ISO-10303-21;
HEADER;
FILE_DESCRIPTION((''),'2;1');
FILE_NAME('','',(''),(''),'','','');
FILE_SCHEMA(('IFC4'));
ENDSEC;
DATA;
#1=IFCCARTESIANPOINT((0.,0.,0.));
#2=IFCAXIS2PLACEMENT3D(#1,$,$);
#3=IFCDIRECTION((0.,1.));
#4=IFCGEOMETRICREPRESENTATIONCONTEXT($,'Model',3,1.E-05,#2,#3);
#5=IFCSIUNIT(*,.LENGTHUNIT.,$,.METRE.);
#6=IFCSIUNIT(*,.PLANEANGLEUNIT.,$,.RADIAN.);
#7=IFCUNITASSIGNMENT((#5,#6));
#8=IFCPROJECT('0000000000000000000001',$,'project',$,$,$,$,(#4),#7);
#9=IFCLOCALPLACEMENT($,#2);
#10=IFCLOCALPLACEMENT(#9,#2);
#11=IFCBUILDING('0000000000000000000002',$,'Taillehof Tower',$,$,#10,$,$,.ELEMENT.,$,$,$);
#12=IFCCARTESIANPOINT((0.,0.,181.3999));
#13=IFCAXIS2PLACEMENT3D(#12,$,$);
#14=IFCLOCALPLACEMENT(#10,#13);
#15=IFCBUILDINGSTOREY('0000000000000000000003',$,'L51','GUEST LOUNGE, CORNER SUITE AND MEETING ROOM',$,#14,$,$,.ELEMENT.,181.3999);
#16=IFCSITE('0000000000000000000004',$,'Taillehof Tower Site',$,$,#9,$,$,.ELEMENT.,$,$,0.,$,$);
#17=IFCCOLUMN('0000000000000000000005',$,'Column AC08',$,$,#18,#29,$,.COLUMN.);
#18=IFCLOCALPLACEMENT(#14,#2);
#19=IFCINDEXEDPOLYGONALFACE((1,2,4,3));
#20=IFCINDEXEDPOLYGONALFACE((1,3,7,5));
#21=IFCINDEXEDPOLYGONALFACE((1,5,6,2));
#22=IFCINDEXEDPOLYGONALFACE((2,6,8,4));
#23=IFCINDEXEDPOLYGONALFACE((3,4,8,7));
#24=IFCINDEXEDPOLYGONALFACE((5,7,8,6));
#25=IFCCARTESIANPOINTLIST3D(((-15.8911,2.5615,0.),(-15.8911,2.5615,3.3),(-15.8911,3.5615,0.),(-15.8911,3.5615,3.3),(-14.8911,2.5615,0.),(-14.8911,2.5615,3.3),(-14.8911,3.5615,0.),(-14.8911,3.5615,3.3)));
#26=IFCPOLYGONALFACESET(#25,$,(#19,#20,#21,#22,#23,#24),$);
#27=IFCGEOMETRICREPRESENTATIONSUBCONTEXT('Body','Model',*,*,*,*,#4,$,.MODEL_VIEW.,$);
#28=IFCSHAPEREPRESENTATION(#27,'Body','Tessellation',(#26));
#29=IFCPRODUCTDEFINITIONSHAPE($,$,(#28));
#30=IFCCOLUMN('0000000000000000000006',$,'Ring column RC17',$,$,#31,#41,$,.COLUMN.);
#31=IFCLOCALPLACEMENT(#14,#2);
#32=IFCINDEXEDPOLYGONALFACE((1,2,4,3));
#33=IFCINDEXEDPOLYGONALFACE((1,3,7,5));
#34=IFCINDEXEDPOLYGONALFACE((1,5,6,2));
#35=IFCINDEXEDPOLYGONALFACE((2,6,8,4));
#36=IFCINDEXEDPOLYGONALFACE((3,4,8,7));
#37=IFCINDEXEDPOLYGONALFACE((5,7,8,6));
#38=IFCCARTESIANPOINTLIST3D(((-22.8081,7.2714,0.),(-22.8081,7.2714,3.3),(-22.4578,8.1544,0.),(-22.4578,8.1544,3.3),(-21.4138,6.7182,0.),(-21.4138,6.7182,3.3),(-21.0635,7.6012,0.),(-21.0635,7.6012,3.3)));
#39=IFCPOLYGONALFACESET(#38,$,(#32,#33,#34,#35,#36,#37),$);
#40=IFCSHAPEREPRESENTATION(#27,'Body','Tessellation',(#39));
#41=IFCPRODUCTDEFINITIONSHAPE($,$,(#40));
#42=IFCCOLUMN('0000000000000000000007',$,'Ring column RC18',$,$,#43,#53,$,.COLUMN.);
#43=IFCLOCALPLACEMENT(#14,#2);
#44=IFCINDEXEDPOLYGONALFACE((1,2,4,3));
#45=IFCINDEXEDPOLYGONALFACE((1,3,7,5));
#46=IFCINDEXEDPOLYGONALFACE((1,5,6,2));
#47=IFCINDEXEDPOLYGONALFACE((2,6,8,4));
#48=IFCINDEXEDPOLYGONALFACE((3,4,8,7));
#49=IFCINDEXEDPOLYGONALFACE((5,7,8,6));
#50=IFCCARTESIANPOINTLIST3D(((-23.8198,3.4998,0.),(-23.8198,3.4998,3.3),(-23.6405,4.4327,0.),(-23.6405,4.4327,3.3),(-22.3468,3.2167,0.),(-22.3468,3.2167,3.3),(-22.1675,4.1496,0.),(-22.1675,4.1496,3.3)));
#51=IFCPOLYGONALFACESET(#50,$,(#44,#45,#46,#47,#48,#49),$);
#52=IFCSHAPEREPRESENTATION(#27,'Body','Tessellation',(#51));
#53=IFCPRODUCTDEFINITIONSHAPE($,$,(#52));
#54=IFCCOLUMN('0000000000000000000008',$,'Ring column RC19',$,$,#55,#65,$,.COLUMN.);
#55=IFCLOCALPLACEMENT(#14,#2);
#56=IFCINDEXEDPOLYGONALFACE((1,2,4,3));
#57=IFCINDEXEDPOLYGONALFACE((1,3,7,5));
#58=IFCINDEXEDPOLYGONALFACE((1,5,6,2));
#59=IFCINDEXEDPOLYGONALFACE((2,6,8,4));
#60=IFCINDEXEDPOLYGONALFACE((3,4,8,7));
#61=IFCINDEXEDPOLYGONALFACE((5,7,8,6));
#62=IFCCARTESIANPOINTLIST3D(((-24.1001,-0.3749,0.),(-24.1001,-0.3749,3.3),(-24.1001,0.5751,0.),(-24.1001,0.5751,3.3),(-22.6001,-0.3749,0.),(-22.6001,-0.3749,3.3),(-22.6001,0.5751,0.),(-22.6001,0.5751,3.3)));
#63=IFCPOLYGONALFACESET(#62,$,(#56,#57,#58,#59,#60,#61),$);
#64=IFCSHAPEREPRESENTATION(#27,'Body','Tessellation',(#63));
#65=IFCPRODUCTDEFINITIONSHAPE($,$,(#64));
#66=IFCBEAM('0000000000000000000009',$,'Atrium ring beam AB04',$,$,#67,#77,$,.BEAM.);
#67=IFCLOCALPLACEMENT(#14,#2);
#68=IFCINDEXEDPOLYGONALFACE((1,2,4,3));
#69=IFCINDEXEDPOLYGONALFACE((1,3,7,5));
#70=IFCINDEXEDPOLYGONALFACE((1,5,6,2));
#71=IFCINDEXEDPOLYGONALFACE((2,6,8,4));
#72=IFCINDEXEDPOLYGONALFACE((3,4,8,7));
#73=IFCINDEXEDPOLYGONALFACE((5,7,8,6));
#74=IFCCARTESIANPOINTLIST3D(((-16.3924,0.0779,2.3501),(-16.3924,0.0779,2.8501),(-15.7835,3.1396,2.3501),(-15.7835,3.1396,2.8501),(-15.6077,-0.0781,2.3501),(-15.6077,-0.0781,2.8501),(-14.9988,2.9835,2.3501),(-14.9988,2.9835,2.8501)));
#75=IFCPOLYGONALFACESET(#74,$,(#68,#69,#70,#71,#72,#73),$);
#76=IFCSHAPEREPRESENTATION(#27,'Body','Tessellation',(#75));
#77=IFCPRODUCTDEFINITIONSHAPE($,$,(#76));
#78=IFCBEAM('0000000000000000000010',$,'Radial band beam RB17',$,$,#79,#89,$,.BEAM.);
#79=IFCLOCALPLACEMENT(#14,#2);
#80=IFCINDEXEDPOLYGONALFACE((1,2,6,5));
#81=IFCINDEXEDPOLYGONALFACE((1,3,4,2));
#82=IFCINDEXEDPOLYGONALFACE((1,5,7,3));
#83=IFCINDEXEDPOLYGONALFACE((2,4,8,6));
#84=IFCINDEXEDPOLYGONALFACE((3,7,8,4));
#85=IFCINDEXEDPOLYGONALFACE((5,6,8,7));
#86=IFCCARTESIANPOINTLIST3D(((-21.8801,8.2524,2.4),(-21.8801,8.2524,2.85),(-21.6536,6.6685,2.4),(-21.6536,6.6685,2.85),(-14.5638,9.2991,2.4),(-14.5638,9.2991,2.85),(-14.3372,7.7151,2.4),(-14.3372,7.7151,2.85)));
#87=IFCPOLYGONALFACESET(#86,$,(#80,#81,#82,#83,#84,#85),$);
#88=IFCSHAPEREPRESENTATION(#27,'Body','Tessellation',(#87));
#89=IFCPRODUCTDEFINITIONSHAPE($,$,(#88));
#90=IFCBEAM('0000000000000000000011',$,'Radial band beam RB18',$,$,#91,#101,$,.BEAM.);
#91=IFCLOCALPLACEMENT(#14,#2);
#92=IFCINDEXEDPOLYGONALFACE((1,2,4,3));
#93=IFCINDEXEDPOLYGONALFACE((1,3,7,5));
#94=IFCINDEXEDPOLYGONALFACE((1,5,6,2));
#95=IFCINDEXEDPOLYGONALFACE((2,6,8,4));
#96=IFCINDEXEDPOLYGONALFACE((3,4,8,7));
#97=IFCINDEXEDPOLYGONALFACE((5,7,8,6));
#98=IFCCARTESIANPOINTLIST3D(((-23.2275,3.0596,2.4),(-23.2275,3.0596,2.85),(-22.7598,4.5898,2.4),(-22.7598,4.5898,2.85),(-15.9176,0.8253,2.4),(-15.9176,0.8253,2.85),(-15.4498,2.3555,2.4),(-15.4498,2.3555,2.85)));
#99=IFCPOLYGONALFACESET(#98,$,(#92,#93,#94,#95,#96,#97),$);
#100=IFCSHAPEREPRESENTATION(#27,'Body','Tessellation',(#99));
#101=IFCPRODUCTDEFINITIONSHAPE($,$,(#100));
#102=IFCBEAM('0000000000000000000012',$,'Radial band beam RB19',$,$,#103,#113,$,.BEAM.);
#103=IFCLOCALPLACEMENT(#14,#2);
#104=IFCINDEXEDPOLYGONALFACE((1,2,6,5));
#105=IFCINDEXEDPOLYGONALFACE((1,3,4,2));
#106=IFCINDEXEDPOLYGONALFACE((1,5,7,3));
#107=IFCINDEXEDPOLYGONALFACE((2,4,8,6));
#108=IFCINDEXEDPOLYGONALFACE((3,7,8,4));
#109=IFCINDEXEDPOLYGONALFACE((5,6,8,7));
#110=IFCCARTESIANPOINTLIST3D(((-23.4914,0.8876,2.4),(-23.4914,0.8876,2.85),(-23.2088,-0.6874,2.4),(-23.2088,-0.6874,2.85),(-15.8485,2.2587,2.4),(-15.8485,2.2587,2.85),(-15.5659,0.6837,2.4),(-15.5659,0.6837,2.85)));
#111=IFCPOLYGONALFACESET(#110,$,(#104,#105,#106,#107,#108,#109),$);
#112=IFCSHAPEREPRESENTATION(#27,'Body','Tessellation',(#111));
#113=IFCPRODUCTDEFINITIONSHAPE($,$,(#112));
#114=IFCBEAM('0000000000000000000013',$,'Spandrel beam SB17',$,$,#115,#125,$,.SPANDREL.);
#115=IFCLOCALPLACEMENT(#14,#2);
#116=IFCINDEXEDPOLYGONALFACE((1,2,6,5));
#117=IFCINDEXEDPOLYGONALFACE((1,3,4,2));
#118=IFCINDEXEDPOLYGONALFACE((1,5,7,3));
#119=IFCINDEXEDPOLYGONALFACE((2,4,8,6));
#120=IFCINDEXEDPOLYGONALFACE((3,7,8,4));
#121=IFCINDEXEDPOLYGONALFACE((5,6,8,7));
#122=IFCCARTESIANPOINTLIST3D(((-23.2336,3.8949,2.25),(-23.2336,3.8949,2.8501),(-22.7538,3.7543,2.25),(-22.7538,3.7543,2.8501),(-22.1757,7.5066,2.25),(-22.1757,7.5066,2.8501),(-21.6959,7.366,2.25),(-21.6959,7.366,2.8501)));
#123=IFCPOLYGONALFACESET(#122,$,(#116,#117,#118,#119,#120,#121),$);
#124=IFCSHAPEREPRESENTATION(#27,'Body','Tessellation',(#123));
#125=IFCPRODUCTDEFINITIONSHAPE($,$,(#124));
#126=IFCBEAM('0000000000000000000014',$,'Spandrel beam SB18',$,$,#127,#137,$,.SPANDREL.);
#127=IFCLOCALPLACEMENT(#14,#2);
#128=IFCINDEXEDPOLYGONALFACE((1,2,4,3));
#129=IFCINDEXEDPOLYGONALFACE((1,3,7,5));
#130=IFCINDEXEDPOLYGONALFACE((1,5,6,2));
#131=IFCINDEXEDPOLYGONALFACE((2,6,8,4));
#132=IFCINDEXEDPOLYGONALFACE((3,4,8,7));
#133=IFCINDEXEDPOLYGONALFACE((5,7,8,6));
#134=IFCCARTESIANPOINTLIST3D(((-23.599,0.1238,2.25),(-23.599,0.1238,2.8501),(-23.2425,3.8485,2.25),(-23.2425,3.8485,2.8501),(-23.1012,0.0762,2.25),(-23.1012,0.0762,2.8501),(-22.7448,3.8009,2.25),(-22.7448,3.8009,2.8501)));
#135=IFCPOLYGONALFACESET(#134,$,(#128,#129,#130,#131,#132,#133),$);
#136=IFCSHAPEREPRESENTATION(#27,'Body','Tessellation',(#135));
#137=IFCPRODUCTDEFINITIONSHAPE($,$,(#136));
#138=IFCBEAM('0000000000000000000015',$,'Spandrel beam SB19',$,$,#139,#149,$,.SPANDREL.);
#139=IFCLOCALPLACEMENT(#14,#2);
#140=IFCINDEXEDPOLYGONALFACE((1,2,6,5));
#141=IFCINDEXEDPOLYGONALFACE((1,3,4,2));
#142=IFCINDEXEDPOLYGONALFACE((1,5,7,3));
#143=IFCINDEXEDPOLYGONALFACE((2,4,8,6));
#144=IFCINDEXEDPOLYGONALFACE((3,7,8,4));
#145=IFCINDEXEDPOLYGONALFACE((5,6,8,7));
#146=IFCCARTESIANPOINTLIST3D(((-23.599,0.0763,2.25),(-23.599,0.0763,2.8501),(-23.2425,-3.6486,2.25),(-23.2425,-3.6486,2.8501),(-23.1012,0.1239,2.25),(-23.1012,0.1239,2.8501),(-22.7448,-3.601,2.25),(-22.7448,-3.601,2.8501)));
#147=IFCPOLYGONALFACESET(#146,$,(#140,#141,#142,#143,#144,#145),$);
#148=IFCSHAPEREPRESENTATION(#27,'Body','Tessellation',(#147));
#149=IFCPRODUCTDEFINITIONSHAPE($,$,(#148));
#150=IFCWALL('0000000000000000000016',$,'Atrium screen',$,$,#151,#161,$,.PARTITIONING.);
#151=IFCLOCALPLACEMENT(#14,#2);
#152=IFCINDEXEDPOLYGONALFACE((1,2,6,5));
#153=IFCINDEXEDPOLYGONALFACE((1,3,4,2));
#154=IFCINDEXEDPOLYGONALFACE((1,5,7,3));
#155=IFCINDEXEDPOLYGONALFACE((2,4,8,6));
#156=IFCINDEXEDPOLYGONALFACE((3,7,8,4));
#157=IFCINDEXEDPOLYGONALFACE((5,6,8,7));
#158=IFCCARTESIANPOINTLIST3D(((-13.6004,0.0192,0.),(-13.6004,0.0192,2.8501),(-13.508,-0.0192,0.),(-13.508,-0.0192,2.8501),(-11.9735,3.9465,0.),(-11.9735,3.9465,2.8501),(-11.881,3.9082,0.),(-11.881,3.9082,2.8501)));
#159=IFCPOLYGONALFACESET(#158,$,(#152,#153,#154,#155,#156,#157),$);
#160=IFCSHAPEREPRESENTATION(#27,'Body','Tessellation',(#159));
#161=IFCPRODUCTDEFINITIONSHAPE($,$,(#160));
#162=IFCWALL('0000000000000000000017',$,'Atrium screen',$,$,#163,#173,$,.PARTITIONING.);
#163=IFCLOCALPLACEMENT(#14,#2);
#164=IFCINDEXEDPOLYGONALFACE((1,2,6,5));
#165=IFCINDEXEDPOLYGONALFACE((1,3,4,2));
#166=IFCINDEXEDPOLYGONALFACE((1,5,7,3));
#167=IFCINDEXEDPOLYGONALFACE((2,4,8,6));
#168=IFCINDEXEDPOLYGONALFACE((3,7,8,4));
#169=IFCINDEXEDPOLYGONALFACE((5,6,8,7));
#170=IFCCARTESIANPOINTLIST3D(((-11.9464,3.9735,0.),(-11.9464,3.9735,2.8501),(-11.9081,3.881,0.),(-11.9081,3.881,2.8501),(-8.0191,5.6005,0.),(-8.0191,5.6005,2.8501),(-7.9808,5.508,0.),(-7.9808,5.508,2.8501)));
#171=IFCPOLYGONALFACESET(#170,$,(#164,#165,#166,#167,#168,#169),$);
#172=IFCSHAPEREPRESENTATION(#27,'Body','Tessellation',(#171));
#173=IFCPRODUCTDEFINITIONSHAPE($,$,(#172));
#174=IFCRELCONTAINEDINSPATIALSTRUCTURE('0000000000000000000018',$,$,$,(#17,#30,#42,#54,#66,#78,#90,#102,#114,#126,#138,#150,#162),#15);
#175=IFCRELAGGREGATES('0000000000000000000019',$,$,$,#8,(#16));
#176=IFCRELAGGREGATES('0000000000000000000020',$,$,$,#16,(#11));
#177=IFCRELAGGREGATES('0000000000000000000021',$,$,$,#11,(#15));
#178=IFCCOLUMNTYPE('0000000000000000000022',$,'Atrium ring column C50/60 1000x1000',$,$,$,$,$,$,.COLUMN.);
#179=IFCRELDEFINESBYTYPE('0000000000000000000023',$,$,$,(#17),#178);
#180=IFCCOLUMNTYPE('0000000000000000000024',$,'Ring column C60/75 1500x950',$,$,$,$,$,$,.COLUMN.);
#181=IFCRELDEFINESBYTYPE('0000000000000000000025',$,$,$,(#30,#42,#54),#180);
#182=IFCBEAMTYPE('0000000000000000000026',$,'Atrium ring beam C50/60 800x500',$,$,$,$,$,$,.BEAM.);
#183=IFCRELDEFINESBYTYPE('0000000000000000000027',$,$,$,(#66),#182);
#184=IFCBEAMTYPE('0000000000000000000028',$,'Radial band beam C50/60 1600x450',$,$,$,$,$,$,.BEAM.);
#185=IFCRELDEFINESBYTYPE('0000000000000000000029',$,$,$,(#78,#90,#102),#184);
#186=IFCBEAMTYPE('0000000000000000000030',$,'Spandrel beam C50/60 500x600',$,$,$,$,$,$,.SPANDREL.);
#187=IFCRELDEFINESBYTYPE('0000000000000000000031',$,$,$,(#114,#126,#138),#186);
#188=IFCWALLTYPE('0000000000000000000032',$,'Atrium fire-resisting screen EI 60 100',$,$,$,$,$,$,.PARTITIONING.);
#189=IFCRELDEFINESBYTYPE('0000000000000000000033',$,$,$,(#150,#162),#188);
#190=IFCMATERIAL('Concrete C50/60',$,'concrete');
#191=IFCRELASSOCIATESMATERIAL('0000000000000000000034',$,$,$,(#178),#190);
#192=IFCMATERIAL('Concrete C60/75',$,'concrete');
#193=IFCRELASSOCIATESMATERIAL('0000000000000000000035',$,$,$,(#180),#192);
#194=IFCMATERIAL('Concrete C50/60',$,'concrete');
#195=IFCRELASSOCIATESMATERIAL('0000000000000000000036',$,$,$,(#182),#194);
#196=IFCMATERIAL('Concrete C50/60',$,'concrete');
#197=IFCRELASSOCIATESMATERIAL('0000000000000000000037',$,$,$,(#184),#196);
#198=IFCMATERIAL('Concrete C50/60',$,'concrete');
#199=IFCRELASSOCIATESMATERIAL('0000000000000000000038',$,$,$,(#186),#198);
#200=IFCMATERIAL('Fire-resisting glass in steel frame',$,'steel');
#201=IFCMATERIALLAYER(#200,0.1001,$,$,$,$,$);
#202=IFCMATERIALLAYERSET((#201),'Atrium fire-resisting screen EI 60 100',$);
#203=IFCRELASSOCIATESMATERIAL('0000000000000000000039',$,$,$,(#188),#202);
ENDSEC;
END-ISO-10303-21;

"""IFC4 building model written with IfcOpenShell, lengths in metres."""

from ifc_helpers import new_model, si_unit, direction, frame, frame_2d, origin, origin_2d, place, context, subcontext, project, spatial, rectangle, extrude, material, layer, layer_set, material_profile, profile_set, type_object, element, save


model = new_model("IFC4")

# Units and contexts
model_context = context("Model", 3, precision=1e-05, world=origin(), true_north=direction((0.0, 1.0)))
body_context = subcontext(model_context, "Body", "Model", "MODEL_VIEW")
ifc_project = project(units=[si_unit("LENGTHUNIT", "METRE"), si_unit("PLANEANGLEUNIT", "RADIAN")], contexts=[model_context])

# Site, building, storey
site_placement = place(None, origin())
site = spatial("IfcSite", under=ifc_project, at=site_placement, Name="Taillehof Tower Site", CompositionType="ELEMENT", RefElevation=0.0)
building_placement = place(site_placement, origin())
building = spatial("IfcBuilding", under=site, at=building_placement, Name="Taillehof Tower", CompositionType="ELEMENT")
storey_placement = place(building_placement, frame((0.0, 0.0, 181.3999)))
storey = spatial("IfcBuildingStorey", under=building, at=storey_placement, Name="L51", Description="GUEST LOUNGE, CORNER SUITE AND MEETING ROOM", CompositionType="ELEMENT", Elevation=181.3999)

# Columns
ifc_material_1 = material(Name="Concrete C50/60", Category="concrete")
ifc_material_profile_1 = material_profile(ifc_material_1, rectangle(XDim=1.0, YDim=1.0, at=origin_2d()), Name="RC 1000x1000")
ifc_profile_set_1 = profile_set([ifc_material_profile_1], Name="Concrete C50/60")
column_type_1 = type_object("IfcColumnType", Name="Atrium ring column C50/60 1000x1000", PredefinedType="COLUMN", material=ifc_profile_set_1)
column_placement = place(storey_placement, frame((-15.3911, 3.0615, 0.0), z_axis=(0.0, 0.0, 1.0), x_axis=(1.0, 0.0, 0.0)))
element("IfcColumn", 1, at=column_placement, inside=storey, type_object=column_type_1, Name="Column AC08", PredefinedType="COLUMN", context=body_context, shape_type="SweptSolid", body=[
    extrude(rectangle(XDim=1.0, YDim=1.0, at=origin_2d()), origin(), (0.0, 0.0, 1.0), 3.3),
])
ifc_material_2 = material(Name="Concrete C60/75", Category="concrete")
ifc_material_profile_2 = material_profile(ifc_material_2, rectangle(XDim=1.5, YDim=0.95, at=origin_2d()), Name="RC 1500x950")
ifc_profile_set_2 = profile_set([ifc_material_profile_2], Name="Concrete C60/75")
column_type_2 = type_object("IfcColumnType", Name="Ring column C60/75 1500x950", PredefinedType="COLUMN", material=ifc_profile_set_2)
for number, where, z_axis, x_axis, name in (
    (2, (-21.9358, 7.4363, 0.0), (0.0, 0.0, 1.0), (-0.929511, 0.368793, 0.0), "Ring column RC17"),
    (3, (-22.9937, 3.8247, 0.0), (0.0, 0.0, 1.0), (-0.982024, 0.188757, 0.0), "Ring column RC18"),
    (4, (-23.3501, 0.1001, 0.0), (0.0, 0.0, 1.0), (-1.0, 0.0, 0.0), "Ring column RC19"),
):
    element("IfcColumn", number, at=place(storey_placement, frame(where, z_axis=z_axis, x_axis=x_axis)), inside=storey, type_object=column_type_2, Name=name, PredefinedType="COLUMN", context=body_context, shape_type="SweptSolid", body=[
        extrude(rectangle(XDim=1.5, YDim=0.95, at=origin_2d()), origin(), (0.0, 0.0, 1.0), 3.3),
    ])

# Beams
ifc_material_3 = material(Name="Concrete C50/60", Category="concrete")
ifc_material_profile_3 = material_profile(ifc_material_3, rectangle(XDim=0.8, YDim=0.5, at=origin_2d()), Name="RC 800x500")
ifc_profile_set_3 = profile_set([ifc_material_profile_3], Name="Concrete C50/60")
beam_type_1 = type_object("IfcBeamType", Name="Atrium ring beam C50/60 800x500", PredefinedType="BEAM", material=ifc_profile_set_3)
beam_1_placement = place(storey_placement, frame((-15.3911, 3.0615, 2.6001), z_axis=(-0.195063, -0.980791, 0.0), x_axis=(0.980791, -0.195063, 0.0)))
element("IfcBeam", 5, at=beam_1_placement, inside=storey, type_object=beam_type_1, Name="Atrium ring beam AB04", PredefinedType="BEAM", context=body_context, shape_type="SweptSolid", body=[
    extrude(rectangle(XDim=0.8, YDim=0.5, at=origin_2d()), origin(), (0.0, 0.0, 1.0), 3.1216),
])
ifc_material_4 = material(Name="Concrete C50/60", Category="concrete")
ifc_material_profile_4 = material_profile(ifc_material_4, rectangle(XDim=1.6001, YDim=0.45, at=origin_2d()), Name="RC 1600x450")
ifc_profile_set_4 = profile_set([ifc_material_profile_4], Name="Concrete C50/60")
beam_type_2 = type_object("IfcBeamType", Name="Radial band beam C50/60 1600x450", PredefinedType="BEAM", material=ifc_profile_set_4)
beam_2_placement = place(storey_placement, frame((-21.7668, 7.4604, 2.625), z_axis=(0.989922, 0.141611, 0.0), x_axis=(-0.141611, 0.989922, 0.0)))
element("IfcBeam", 6, at=beam_2_placement, inside=storey, type_object=beam_type_2, Name="Radial band beam RB17", PredefinedType="BEAM", context=body_context, shape_type="SweptSolid", body=[
    extrude(rectangle(XDim=1.6001, YDim=0.45, at=origin_2d()), origin(), (0.0, 0.0, 1.0), 7.3909),
])
beam_3_placement = place(storey_placement, frame((-22.9937, 3.8247, 2.625), z_axis=(0.956324, -0.292308, 0.0), x_axis=(0.292308, 0.956324, 0.0)))
element("IfcBeam", 7, at=beam_3_placement, inside=storey, type_object=beam_type_2, Name="Radial band beam RB18", PredefinedType="BEAM", context=body_context, shape_type="SweptSolid", body=[
    extrude(rectangle(XDim=1.6001, YDim=0.45, at=origin_2d()), origin(), (0.0, 0.0, 1.0), 7.6438),
])
beam_4_placement = place(storey_placement, frame((-23.3501, 0.1001, 2.625), z_axis=(0.984287, 0.176577, 0.0), x_axis=(-0.176577, 0.984287, 0.0)))
element("IfcBeam", 8, at=beam_4_placement, inside=storey, type_object=beam_type_2, Name="Radial band beam RB19", PredefinedType="BEAM", context=body_context, shape_type="SweptSolid", body=[
    extrude(rectangle(XDim=1.6001, YDim=0.45, at=origin_2d()), origin(), (0.0, 0.0, 1.0), 7.7649),
])
ifc_material_5 = material(Name="Concrete C50/60", Category="concrete")
ifc_material_profile_5 = material_profile(ifc_material_5, rectangle(XDim=0.5, YDim=0.6001, at=origin_2d()), Name="RC 500x600")
ifc_profile_set_5 = profile_set([ifc_material_profile_5], Name="Concrete C50/60")
beam_type_3 = type_object("IfcBeamType", Name="Spandrel beam C50/60 500x600", PredefinedType="SPANDREL", material=ifc_profile_set_5)
beam_5_placement = place(storey_placement, frame((-21.9358, 7.4363, 2.55), z_axis=(-0.281098, -0.959679, 0.0), x_axis=(0.959679, -0.281098, 0.0)))
element("IfcBeam", 9, at=beam_5_placement, inside=storey, type_object=beam_type_3, Name="Spandrel beam SB17", PredefinedType="SPANDREL", context=body_context, shape_type="SweptSolid", body=[
    extrude(rectangle(XDim=0.5, YDim=0.6001, at=origin_2d()), origin(), (0.0, 0.0, 1.0), 3.7634),
])
beam_6_placement = place(storey_placement, frame((-22.9937, 3.8247, 2.55), z_axis=(-0.095265, -0.995452, 0.0), x_axis=(0.995452, -0.095265, 0.0)))
element("IfcBeam", 10, at=beam_6_placement, inside=storey, type_object=beam_type_3, Name="Spandrel beam SB18", PredefinedType="SPANDREL", context=body_context, shape_type="SweptSolid", body=[
    extrude(rectangle(XDim=0.5, YDim=0.6001, at=origin_2d()), origin(), (0.0, 0.0, 1.0), 3.7417),
])
beam_7_placement = place(storey_placement, frame((-23.3501, 0.1001, 2.55), z_axis=(0.095259, -0.995453, 0.0), x_axis=(0.995453, 0.095259, 0.0)))
element("IfcBeam", 11, at=beam_7_placement, inside=storey, type_object=beam_type_3, Name="Spandrel beam SB19", PredefinedType="SPANDREL", context=body_context, shape_type="SweptSolid", body=[
    extrude(rectangle(XDim=0.5, YDim=0.6001, at=origin_2d()), origin(), (0.0, 0.0, 1.0), 3.7419),
])

# Walls
ifc_material_6 = material(Name="Fire-resisting glass in steel frame", Category="steel")
ifc_layer_1 = layer(ifc_material_6, 0.1001)
ifc_layer_set_1 = layer_set([ifc_layer_1], Name="Atrium fire-resisting screen EI 60 100")
wall_type_1 = type_object("IfcWallType", Name="Atrium fire-resisting screen EI 60 100", PredefinedType="PARTITIONING", material=ifc_layer_set_1)
for number, where, z_axis, x_axis, name in (
    (12, (-13.5542, 0.0, 0.0), (0.0, 0.0, 1.0), (0.382731, 0.92386, 0.0), "Atrium screen"),
    (13, (-11.9272, 3.9272, 0.0), (0.0, 0.0, 1.0), (0.92386, 0.382731, 0.0), "Atrium screen"),
):
    element("IfcWall", number, at=place(storey_placement, frame(where, z_axis=z_axis, x_axis=x_axis)), inside=storey, type_object=wall_type_1, Name=name, PredefinedType="PARTITIONING", context=body_context, shape_type="SweptSolid", body=[
        extrude(rectangle(XDim=4.251, YDim=0.1001, at=frame_2d((2.1255, 0.0))), origin(), (0.0, 0.0, 1.0), 2.8501),
    ])

save(model, "model.ifc")
